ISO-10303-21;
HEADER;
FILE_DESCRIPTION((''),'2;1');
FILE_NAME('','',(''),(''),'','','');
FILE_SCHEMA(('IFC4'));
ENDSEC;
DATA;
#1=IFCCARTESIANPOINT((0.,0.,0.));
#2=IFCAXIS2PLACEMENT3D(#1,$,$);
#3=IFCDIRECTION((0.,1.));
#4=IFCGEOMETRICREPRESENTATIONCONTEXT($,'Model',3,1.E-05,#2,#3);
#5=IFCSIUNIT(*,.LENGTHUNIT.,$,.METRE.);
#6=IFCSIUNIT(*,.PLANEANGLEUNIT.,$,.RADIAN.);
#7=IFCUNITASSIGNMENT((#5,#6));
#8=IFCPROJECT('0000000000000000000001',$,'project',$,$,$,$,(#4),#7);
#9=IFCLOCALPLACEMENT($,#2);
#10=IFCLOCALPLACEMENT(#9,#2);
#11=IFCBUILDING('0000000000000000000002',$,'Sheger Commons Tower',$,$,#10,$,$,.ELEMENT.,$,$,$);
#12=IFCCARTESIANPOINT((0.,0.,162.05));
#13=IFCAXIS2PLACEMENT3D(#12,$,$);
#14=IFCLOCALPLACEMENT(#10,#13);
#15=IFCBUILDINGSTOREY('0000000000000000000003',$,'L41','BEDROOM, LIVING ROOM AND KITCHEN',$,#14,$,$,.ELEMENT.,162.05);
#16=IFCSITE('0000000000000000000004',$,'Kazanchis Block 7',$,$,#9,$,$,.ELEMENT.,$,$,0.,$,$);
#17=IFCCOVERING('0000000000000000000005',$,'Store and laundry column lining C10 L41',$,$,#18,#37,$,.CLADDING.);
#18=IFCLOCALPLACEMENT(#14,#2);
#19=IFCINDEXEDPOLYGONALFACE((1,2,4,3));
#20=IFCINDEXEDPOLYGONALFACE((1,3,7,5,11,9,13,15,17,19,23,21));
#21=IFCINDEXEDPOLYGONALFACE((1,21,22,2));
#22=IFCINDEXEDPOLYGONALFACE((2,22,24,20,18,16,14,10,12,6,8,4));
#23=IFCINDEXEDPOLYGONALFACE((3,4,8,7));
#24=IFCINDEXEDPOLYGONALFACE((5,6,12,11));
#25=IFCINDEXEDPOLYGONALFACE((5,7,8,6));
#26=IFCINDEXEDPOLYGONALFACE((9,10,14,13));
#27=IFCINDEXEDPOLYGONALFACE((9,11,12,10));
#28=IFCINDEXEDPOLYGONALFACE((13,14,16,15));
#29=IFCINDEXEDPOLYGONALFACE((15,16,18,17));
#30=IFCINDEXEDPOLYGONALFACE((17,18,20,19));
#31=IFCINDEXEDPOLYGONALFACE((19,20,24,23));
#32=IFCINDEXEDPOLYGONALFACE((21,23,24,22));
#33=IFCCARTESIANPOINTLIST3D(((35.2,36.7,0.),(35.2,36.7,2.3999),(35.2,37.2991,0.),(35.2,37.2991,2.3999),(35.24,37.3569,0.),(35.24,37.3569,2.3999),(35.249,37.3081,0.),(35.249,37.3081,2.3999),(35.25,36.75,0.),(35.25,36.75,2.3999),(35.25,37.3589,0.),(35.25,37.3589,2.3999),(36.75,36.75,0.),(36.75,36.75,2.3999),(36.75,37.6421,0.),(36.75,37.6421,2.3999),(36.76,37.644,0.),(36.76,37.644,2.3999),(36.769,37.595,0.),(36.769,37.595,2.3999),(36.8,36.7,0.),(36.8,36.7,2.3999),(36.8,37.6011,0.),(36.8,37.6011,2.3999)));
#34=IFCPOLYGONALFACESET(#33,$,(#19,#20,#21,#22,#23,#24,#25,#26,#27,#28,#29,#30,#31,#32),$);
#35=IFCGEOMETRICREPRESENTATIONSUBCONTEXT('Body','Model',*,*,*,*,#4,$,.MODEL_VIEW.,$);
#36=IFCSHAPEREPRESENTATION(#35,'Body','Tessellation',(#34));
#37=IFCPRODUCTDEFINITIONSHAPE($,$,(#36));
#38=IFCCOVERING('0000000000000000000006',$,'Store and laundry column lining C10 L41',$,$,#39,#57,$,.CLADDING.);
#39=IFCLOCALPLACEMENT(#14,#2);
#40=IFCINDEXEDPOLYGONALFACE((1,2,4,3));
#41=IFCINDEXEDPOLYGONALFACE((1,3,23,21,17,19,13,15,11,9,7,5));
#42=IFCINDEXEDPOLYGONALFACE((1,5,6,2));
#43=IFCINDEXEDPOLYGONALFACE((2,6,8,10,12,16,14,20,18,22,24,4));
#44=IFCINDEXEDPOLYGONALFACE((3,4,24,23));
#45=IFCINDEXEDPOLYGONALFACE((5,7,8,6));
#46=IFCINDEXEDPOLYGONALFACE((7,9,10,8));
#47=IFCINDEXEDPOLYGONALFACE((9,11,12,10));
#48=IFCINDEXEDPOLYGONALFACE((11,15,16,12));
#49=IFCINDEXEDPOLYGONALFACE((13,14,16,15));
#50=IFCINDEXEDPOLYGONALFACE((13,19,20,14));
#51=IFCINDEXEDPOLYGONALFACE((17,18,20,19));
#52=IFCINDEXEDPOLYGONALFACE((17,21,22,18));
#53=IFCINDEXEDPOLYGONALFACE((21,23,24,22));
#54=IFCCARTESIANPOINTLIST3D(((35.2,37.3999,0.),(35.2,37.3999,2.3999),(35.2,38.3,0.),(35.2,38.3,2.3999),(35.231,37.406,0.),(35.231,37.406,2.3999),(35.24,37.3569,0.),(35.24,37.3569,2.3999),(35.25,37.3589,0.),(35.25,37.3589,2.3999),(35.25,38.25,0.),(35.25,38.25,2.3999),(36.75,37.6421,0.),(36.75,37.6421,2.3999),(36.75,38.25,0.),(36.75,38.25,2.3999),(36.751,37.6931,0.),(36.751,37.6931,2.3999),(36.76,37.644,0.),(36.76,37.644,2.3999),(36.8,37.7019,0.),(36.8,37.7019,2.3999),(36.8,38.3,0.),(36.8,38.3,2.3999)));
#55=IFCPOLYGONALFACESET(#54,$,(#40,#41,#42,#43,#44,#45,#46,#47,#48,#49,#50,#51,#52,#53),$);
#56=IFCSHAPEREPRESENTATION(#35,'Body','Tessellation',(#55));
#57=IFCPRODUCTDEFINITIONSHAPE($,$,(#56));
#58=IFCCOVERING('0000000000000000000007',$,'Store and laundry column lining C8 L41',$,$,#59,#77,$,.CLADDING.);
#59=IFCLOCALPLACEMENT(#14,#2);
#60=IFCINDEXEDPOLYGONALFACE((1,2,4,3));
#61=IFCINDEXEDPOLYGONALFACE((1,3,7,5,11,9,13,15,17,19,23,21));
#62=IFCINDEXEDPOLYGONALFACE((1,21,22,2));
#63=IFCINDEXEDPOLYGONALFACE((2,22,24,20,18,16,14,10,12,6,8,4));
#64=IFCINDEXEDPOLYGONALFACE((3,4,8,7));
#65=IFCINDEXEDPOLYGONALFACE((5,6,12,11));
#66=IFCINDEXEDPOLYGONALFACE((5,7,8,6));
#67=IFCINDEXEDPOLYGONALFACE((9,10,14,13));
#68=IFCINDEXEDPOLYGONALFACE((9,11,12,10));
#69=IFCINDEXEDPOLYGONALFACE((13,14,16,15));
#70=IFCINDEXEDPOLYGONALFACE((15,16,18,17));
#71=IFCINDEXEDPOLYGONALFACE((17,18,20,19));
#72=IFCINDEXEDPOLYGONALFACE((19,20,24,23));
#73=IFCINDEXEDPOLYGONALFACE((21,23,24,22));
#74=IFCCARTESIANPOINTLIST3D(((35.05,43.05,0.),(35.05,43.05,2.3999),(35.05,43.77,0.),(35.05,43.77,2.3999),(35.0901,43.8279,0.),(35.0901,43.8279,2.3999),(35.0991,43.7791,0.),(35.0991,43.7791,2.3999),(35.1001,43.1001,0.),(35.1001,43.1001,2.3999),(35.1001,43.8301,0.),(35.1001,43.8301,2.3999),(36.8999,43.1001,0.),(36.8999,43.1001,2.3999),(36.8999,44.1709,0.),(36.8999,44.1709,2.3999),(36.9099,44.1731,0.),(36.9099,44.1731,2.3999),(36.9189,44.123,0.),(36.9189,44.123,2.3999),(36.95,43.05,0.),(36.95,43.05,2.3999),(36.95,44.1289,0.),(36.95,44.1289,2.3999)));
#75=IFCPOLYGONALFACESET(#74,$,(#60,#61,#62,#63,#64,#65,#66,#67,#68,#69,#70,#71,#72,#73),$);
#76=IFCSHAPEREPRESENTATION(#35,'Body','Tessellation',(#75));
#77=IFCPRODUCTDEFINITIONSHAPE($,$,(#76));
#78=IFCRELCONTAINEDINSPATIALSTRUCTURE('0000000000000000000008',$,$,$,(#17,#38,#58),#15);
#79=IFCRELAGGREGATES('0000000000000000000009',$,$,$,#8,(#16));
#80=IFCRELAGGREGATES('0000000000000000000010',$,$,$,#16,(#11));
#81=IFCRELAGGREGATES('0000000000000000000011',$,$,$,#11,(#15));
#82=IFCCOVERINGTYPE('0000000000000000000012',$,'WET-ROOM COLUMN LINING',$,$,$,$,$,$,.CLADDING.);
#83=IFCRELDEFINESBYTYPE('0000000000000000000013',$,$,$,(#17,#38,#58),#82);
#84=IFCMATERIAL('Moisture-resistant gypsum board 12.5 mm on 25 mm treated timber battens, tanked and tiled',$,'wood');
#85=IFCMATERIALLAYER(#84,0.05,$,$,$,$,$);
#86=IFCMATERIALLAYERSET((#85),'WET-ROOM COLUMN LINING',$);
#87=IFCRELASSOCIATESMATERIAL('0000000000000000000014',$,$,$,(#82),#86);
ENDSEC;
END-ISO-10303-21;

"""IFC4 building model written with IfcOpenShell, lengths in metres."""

from ifc_helpers import new_model, si_unit, direction, frame, origin, place, context, subcontext, project, spatial, polyline, outline, extrude, material, layer, layer_set, type_object, element, save


model = new_model("IFC4")

# Units and contexts
model_context = context("Model", 3, precision=1e-05, world=origin(), true_north=direction((0.0, 1.0)))
body_context = subcontext(model_context, "Body", "Model", "MODEL_VIEW")
ifc_project = project(units=[si_unit("LENGTHUNIT", "METRE"), si_unit("PLANEANGLEUNIT", "RADIAN")], contexts=[model_context])

# Site, building, storey
site_placement = place(None, origin())
site = spatial("IfcSite", under=ifc_project, at=site_placement, Name="Kazanchis Block 7", CompositionType="ELEMENT", RefElevation=0.0)
building_placement = place(site_placement, origin())
building = spatial("IfcBuilding", under=site, at=building_placement, Name="Sheger Commons Tower", CompositionType="ELEMENT")
storey_placement = place(building_placement, frame((0.0, 0.0, 162.05)))
storey = spatial("IfcBuildingStorey", under=building, at=storey_placement, Name="L41", Description="BEDROOM, LIVING ROOM AND KITCHEN", CompositionType="ELEMENT", Elevation=162.05)

# Coverings
ifc_material_1 = material(Name="Moisture-resistant gypsum board 12.5 mm on 25 mm treated timber battens, tanked and tiled", Category="wood")
ifc_layer_1 = layer(ifc_material_1, 0.05)
ifc_layer_set_1 = layer_set([ifc_layer_1], Name="WET-ROOM COLUMN LINING")
covering_type_1 = type_object("IfcCoveringType", Name="WET-ROOM COLUMN LINING", PredefinedType="CLADDING", material=ifc_layer_set_1)
covering_1_placement = place(storey_placement, origin())
element("IfcCovering", 1, at=covering_1_placement, inside=storey, type_object=covering_type_1, Name="Store and laundry column lining C10 L41", PredefinedType="CLADDING", context=body_context, shape_type="SweptSolid", body=[
    extrude(outline(polyline([(35.25, 37.3589), (35.25, 36.75), (36.75, 36.75), (36.75, 37.6421), (36.76, 37.644), (36.769, 37.595), (36.8, 37.6011), (36.8, 36.7), (35.2, 36.7), (35.2, 37.2991), (35.249, 37.3081), (35.24, 37.3569), (35.25, 37.3589)])), origin(), (0.0, 0.0, 1.0), 2.3999),
])
covering_2_placement = place(storey_placement, origin())
element("IfcCovering", 2, at=covering_2_placement, inside=storey, type_object=covering_type_1, Name="Store and laundry column lining C10 L41", PredefinedType="CLADDING", context=body_context, shape_type="SweptSolid", body=[
    extrude(outline(polyline([(36.8, 38.3), (36.8, 37.7019), (36.751, 37.6931), (36.76, 37.644), (36.75, 37.6421), (36.75, 38.25), (35.25, 38.25), (35.25, 37.3589), (35.24, 37.3569), (35.231, 37.406), (35.2, 37.3999), (35.2, 38.3), (36.8, 38.3)])), origin(), (0.0, 0.0, 1.0), 2.3999),
])
covering_3_placement = place(storey_placement, origin())
element("IfcCovering", 3, at=covering_3_placement, inside=storey, type_object=covering_type_1, Name="Store and laundry column lining C8 L41", PredefinedType="CLADDING", context=body_context, shape_type="SweptSolid", body=[
    extrude(outline(polyline([(35.1001, 43.8301), (35.1001, 43.1001), (36.8999, 43.1001), (36.8999, 44.1709), (36.9099, 44.1731), (36.9189, 44.123), (36.95, 44.1289), (36.95, 43.05), (35.05, 43.05), (35.05, 43.77), (35.0991, 43.7791), (35.0901, 43.8279), (35.1001, 43.8301)])), origin(), (0.0, 0.0, 1.0), 2.3999),
])

save(model, "model.ifc")
